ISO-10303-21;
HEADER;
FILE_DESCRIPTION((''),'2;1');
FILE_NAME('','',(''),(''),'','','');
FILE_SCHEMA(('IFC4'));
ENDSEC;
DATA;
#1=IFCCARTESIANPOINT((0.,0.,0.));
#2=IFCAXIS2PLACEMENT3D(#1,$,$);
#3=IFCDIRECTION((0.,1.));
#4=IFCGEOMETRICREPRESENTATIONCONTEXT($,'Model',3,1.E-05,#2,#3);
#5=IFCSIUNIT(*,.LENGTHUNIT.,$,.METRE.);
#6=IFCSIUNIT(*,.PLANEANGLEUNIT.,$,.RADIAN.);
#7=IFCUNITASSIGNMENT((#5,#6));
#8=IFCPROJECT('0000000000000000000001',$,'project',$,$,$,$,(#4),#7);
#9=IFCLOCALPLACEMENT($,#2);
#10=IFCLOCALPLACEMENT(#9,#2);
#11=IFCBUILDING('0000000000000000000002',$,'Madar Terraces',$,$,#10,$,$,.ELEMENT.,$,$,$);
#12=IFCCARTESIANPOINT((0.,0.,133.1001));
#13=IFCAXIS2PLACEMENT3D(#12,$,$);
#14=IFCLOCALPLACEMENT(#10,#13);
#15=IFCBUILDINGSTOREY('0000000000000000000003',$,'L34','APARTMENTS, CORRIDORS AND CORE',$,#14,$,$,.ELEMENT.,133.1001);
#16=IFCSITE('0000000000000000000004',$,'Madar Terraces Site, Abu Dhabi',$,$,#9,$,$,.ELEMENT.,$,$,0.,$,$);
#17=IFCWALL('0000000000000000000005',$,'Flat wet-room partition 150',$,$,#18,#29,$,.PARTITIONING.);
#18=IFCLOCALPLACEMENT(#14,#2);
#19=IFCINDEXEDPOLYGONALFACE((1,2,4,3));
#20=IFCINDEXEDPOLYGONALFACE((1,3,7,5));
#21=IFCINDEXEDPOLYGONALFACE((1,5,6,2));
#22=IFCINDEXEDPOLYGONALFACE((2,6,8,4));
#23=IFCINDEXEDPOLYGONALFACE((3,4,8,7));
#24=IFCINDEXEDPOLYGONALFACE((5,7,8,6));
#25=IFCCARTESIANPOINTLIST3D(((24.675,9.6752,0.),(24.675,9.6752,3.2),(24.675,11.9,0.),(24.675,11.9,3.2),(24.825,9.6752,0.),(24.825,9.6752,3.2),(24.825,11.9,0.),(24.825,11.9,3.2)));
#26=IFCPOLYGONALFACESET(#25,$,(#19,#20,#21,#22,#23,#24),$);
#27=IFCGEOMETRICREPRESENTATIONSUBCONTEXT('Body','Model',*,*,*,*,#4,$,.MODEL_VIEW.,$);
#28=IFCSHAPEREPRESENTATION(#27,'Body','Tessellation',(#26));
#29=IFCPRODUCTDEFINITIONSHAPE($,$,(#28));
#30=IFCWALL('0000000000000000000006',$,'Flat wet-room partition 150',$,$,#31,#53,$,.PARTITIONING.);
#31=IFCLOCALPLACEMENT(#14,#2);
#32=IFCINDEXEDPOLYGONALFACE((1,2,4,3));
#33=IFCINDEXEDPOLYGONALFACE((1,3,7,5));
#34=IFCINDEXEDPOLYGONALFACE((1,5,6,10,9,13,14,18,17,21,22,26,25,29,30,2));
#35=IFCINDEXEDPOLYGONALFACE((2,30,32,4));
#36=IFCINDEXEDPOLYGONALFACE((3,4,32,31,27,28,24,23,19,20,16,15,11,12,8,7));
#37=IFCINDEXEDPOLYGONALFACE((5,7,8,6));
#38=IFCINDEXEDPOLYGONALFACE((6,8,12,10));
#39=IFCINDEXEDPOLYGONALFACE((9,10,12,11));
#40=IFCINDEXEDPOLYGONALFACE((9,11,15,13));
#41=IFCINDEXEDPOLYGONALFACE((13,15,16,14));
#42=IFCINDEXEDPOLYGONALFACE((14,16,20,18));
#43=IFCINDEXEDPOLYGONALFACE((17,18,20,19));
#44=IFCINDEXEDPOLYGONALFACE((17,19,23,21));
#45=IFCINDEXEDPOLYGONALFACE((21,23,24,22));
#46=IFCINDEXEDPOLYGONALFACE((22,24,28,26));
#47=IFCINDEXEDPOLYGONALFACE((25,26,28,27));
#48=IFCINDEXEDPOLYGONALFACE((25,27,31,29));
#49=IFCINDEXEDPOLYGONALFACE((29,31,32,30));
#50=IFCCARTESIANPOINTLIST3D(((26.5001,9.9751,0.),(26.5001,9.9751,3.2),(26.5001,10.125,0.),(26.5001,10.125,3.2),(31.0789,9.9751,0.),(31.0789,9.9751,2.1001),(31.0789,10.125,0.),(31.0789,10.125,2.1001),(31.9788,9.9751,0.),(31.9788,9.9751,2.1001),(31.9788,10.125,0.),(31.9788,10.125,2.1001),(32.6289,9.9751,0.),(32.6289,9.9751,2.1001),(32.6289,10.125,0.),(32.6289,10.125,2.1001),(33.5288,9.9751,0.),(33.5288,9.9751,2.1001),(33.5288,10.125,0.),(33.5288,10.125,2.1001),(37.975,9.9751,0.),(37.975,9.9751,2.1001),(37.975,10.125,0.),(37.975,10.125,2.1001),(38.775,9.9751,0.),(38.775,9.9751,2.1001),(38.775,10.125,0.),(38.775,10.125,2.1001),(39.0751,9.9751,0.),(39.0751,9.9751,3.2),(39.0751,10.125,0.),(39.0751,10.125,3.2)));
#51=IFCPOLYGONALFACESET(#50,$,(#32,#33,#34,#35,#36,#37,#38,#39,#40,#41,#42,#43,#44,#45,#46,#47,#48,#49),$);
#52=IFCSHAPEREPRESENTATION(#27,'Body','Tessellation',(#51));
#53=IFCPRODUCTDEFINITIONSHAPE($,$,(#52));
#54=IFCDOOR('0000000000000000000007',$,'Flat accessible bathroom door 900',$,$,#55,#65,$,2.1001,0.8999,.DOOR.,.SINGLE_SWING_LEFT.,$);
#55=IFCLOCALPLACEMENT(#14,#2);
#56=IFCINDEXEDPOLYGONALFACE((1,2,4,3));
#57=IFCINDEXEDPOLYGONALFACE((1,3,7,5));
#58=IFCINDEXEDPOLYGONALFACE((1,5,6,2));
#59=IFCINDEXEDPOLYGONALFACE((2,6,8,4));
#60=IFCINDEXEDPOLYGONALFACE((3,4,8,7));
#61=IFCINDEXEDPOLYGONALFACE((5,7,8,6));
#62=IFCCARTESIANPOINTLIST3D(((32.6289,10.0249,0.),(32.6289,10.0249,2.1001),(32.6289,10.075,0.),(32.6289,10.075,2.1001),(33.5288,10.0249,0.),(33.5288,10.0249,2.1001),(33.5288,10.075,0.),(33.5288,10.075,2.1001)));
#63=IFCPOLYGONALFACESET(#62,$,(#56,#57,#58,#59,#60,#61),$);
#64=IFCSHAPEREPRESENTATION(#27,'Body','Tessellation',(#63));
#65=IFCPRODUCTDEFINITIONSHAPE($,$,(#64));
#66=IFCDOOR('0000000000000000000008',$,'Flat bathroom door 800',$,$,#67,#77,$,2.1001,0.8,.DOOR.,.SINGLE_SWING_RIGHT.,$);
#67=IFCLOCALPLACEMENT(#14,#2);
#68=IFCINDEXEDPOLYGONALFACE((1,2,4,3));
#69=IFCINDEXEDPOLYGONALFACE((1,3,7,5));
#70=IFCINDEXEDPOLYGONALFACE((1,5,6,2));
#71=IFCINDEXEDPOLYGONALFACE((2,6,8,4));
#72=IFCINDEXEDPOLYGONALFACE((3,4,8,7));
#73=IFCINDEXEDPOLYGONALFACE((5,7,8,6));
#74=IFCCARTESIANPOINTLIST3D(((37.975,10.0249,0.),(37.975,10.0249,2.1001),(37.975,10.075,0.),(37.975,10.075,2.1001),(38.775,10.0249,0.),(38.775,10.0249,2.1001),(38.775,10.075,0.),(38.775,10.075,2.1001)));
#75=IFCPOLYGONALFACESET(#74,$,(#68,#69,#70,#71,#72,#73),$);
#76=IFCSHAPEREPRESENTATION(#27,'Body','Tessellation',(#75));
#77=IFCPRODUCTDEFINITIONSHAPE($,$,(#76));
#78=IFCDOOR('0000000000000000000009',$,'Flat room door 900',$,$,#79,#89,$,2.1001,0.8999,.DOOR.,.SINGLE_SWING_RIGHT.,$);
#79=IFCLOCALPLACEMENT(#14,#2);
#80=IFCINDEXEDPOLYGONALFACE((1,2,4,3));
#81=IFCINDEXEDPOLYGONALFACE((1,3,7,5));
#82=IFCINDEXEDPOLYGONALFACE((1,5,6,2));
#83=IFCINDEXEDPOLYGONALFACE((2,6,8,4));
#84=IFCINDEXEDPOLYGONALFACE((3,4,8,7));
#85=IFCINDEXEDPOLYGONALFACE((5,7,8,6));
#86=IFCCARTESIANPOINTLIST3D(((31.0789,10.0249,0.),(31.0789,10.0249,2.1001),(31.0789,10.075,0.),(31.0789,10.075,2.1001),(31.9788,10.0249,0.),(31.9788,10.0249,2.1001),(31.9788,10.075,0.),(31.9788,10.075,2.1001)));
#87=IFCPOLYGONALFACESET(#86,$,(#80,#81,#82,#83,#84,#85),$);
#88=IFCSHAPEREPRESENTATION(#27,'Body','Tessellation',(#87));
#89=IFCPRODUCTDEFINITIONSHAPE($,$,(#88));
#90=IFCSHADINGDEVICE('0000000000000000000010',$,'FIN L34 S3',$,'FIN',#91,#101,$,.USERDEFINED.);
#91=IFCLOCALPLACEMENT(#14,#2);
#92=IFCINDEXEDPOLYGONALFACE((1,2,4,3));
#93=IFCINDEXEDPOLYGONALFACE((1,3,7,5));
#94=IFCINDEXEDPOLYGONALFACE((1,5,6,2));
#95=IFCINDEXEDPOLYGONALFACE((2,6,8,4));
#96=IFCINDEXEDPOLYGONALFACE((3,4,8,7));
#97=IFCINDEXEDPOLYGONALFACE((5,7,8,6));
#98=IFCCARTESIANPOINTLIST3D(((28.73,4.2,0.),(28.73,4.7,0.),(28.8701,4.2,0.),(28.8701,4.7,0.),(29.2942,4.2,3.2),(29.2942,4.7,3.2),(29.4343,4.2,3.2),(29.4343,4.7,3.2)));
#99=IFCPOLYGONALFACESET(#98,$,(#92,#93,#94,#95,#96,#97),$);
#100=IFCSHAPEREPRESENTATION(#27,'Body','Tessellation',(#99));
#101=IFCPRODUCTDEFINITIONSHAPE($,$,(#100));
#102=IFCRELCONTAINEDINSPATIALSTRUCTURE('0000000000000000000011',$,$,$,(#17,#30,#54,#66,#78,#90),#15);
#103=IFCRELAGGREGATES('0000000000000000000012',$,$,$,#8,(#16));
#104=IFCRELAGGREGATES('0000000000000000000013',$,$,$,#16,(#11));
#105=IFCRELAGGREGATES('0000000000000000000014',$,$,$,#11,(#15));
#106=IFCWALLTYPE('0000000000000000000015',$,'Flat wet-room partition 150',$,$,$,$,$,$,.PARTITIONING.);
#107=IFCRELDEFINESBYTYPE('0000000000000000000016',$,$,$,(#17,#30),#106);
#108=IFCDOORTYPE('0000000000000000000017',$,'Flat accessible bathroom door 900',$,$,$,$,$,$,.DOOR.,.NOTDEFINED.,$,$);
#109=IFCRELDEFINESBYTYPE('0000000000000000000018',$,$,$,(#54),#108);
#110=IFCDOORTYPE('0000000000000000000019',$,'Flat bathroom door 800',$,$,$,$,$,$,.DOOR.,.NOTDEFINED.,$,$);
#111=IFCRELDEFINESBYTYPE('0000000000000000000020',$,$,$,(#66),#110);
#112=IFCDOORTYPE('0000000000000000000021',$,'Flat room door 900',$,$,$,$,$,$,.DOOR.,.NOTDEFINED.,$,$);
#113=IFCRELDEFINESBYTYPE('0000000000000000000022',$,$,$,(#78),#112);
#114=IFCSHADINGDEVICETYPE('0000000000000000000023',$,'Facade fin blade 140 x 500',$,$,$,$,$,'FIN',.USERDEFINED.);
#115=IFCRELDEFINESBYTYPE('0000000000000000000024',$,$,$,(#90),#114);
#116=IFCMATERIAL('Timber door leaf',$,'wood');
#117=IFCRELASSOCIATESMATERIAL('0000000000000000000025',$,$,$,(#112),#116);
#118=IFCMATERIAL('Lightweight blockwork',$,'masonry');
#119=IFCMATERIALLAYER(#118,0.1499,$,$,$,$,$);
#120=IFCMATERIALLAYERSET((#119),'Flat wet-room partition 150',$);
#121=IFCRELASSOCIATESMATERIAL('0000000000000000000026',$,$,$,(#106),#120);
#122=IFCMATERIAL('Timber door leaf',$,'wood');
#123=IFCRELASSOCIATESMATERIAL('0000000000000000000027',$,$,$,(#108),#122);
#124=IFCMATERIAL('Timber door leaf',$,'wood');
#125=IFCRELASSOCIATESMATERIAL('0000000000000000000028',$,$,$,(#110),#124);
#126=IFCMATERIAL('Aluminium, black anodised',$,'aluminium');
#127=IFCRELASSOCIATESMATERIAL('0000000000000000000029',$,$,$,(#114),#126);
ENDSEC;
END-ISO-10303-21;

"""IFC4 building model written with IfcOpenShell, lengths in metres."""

from ifc_helpers import new_model, si_unit, direction, frame, frame_2d, origin, place, context, subcontext, project, spatial, polyline, rectangle, outline, extrude, material, layer, layer_set, type_object, element, fill, save


model = new_model("IFC4")

# Units and contexts
model_context = context("Model", 3, precision=1e-05, world=origin(), true_north=direction((0.0, 1.0)))
body_context = subcontext(model_context, "Body", "Model", "MODEL_VIEW")
ifc_project = project(units=[si_unit("LENGTHUNIT", "METRE"), si_unit("PLANEANGLEUNIT", "RADIAN")], contexts=[model_context])

# Site, building, storey
site_placement = place(None, origin())
site = spatial("IfcSite", under=ifc_project, at=site_placement, Name="Madar Terraces Site, Abu Dhabi", CompositionType="ELEMENT", RefElevation=0.0)
building_placement = place(site_placement, origin())
building = spatial("IfcBuilding", under=site, at=building_placement, Name="Madar Terraces", CompositionType="ELEMENT")
storey_placement = place(building_placement, frame((0.0, 0.0, 133.1001)))
storey = spatial("IfcBuildingStorey", under=building, at=storey_placement, Name="L34", Description="APARTMENTS, CORRIDORS AND CORE", CompositionType="ELEMENT", Elevation=133.1001)

# Shared definitions
ifc_material_1 = material(Name="Timber door leaf", Category="wood")
door_type_1 = type_object("IfcDoorType", Name="Flat room door 900", OperationType="NOTDEFINED", PredefinedType="DOOR", material=ifc_material_1)

# Wall
ifc_material_2 = material(Name="Lightweight blockwork", Category="masonry")
ifc_layer_1 = layer(ifc_material_2, 0.1499)
ifc_layer_set_1 = layer_set([ifc_layer_1], Name="Flat wet-room partition 150")
wall_type_1 = type_object("IfcWallType", Name="Flat wet-room partition 150", PredefinedType="PARTITIONING", material=ifc_layer_set_1)
wall_1_placement = place(storey_placement, frame((24.75, 11.8999, 0.0), z_axis=(0.0, 0.0, 1.0), x_axis=(0.0, -1.0, 0.0)))
element("IfcWall", 1, at=wall_1_placement, inside=storey, type_object=wall_type_1, Name="Flat wet-room partition 150", PredefinedType="PARTITIONING", context=body_context, shape_type="SweptSolid", body=[
    extrude(rectangle(XDim=2.2249, YDim=0.1499, at=frame_2d((1.1123, 0.0))), origin(), (0.0, 0.0, 1.0), 3.2),
])

# Wall, openings, doors
wall_2_placement = place(storey_placement, frame((26.5, 10.05, 0.0), z_axis=(0.0, 0.0, 1.0), x_axis=(1.0, 0.0, 0.0)))
wall_2 = element("IfcWall", 2, at=wall_2_placement, inside=storey, type_object=wall_type_1, Name="Flat wet-room partition 150", PredefinedType="PARTITIONING", context=body_context, shape_type="SweptSolid", body=[
    extrude(rectangle(XDim=12.575, YDim=0.1499, at=frame_2d((6.2876, 0.0))), origin(), (0.0, 0.0, 1.0), 3.2),
])
opening_1_placement = place(wall_2_placement, frame((11.4751, 0.0, 0.0)))
opening_1 = element("IfcOpeningElement", 3, at=opening_1_placement, cuts=wall_2, PredefinedType="OPENING", context=body_context, shape_type="SweptSolid", body=[
    extrude(rectangle(XDim=0.8, YDim=2.1001, at=frame_2d((0.3999, 1.05))), frame((0.0, 0.085, 0.0), z_axis=(0.0, -1.0, 0.0), x_axis=(1.0, 0.0, 0.0)), (0.0, 0.0, 1.0), 0.1699),
])
opening_2_placement = place(wall_2_placement, frame((6.1289, 0.0, 0.0)))
opening_2 = element("IfcOpeningElement", 4, at=opening_2_placement, cuts=wall_2, PredefinedType="OPENING", context=body_context, shape_type="SweptSolid", body=[
    extrude(rectangle(XDim=0.8999, YDim=2.1001, at=frame_2d((0.45, 1.05))), frame((0.0, 0.085, 0.0), z_axis=(0.0, -1.0, 0.0), x_axis=(1.0, 0.0, 0.0)), (0.0, 0.0, 1.0), 0.1699),
])
opening_3_placement = place(wall_2_placement, frame((4.5789, 0.0, 0.0)))
opening_3 = element("IfcOpeningElement", 5, at=opening_3_placement, cuts=wall_2, PredefinedType="OPENING", context=body_context, shape_type="SweptSolid", body=[
    extrude(rectangle(XDim=0.8999, YDim=2.1001, at=frame_2d((0.45, 1.05))), frame((0.0, 0.085, 0.0), z_axis=(0.0, -1.0, 0.0), x_axis=(1.0, 0.0, 0.0)), (0.0, 0.0, 1.0), 0.1699),
])
ifc_material_3 = material(Name="Timber door leaf", Category="wood")
door_type_2 = type_object("IfcDoorType", Name="Flat accessible bathroom door 900", OperationType="NOTDEFINED", PredefinedType="DOOR", material=ifc_material_3)
door_1_placement = place(opening_2_placement, origin())
door_1 = element("IfcDoor", 6, at=door_1_placement, inside=storey, type_object=door_type_2, Name="Flat accessible bathroom door 900", OperationType="SINGLE_SWING_LEFT", OverallHeight=2.1001, OverallWidth=0.8999, PredefinedType="DOOR", context=body_context, shape_type="SweptSolid", body=[
    extrude(rectangle(XDim=0.8999, YDim=2.1001, at=frame_2d((0.45, 1.05))), frame((0.0, 0.0249, 0.0), z_axis=(0.0, -1.0, 0.0), x_axis=(1.0, 0.0, 0.0)), (0.0, 0.0, 1.0), 0.05),
])
fill(opening_2, door_1)
ifc_material_4 = material(Name="Timber door leaf", Category="wood")
door_type_3 = type_object("IfcDoorType", Name="Flat bathroom door 800", OperationType="NOTDEFINED", PredefinedType="DOOR", material=ifc_material_4)
door_2_placement = place(opening_1_placement, origin())
door_2 = element("IfcDoor", 7, at=door_2_placement, inside=storey, type_object=door_type_3, Name="Flat bathroom door 800", OperationType="SINGLE_SWING_RIGHT", OverallHeight=2.1001, OverallWidth=0.8, PredefinedType="DOOR", context=body_context, shape_type="SweptSolid", body=[
    extrude(rectangle(XDim=0.8, YDim=2.1001, at=frame_2d((0.3999, 1.05))), frame((0.0, 0.0249, 0.0), z_axis=(0.0, -1.0, 0.0), x_axis=(1.0, 0.0, 0.0)), (0.0, 0.0, 1.0), 0.05),
])
fill(opening_1, door_2)
door_3_placement = place(opening_3_placement, origin())
door_3 = element("IfcDoor", 8, at=door_3_placement, inside=storey, type_object=door_type_1, Name="Flat room door 900", OperationType="SINGLE_SWING_RIGHT", OverallHeight=2.1001, OverallWidth=0.8999, PredefinedType="DOOR", context=body_context, shape_type="SweptSolid", body=[
    extrude(rectangle(XDim=0.8999, YDim=2.1001, at=frame_2d((0.45, 1.05))), frame((0.0, 0.0249, 0.0), z_axis=(0.0, -1.0, 0.0), x_axis=(1.0, 0.0, 0.0)), (0.0, 0.0, 1.0), 0.05),
])
fill(opening_3, door_3)

# Shading device
ifc_material_5 = material(Name="Aluminium, black anodised", Category="aluminium")
shading_device_type = type_object("IfcShadingDeviceType", Name="Facade fin blade 140 x 500", ElementType="FIN", PredefinedType="USERDEFINED", material=ifc_material_5)
shading_device_placement = place(storey_placement, frame((28.73, 4.45, 0.0), z_axis=(0.0, 0.0, 1.0), x_axis=(1.0, 0.0, 0.0)))
element("IfcShadingDevice", 9, at=shading_device_placement, inside=storey, type_object=shading_device_type, Name="FIN L34 S3", ObjectType="FIN", PredefinedType="USERDEFINED", context=body_context, shape_type="SweptSolid", body=[
    extrude(outline(polyline([(0.0, 0.0), (0.1401, 0.0), (0.7043, 3.2), (0.5642, 3.2), (0.0, 0.0)])), frame((0.0, 0.25, 0.0), z_axis=(0.0, -1.0, 0.0), x_axis=(1.0, 0.0, 0.0)), (0.0, 0.0, 1.0), 0.5),
])

save(model, "model.ifc")
